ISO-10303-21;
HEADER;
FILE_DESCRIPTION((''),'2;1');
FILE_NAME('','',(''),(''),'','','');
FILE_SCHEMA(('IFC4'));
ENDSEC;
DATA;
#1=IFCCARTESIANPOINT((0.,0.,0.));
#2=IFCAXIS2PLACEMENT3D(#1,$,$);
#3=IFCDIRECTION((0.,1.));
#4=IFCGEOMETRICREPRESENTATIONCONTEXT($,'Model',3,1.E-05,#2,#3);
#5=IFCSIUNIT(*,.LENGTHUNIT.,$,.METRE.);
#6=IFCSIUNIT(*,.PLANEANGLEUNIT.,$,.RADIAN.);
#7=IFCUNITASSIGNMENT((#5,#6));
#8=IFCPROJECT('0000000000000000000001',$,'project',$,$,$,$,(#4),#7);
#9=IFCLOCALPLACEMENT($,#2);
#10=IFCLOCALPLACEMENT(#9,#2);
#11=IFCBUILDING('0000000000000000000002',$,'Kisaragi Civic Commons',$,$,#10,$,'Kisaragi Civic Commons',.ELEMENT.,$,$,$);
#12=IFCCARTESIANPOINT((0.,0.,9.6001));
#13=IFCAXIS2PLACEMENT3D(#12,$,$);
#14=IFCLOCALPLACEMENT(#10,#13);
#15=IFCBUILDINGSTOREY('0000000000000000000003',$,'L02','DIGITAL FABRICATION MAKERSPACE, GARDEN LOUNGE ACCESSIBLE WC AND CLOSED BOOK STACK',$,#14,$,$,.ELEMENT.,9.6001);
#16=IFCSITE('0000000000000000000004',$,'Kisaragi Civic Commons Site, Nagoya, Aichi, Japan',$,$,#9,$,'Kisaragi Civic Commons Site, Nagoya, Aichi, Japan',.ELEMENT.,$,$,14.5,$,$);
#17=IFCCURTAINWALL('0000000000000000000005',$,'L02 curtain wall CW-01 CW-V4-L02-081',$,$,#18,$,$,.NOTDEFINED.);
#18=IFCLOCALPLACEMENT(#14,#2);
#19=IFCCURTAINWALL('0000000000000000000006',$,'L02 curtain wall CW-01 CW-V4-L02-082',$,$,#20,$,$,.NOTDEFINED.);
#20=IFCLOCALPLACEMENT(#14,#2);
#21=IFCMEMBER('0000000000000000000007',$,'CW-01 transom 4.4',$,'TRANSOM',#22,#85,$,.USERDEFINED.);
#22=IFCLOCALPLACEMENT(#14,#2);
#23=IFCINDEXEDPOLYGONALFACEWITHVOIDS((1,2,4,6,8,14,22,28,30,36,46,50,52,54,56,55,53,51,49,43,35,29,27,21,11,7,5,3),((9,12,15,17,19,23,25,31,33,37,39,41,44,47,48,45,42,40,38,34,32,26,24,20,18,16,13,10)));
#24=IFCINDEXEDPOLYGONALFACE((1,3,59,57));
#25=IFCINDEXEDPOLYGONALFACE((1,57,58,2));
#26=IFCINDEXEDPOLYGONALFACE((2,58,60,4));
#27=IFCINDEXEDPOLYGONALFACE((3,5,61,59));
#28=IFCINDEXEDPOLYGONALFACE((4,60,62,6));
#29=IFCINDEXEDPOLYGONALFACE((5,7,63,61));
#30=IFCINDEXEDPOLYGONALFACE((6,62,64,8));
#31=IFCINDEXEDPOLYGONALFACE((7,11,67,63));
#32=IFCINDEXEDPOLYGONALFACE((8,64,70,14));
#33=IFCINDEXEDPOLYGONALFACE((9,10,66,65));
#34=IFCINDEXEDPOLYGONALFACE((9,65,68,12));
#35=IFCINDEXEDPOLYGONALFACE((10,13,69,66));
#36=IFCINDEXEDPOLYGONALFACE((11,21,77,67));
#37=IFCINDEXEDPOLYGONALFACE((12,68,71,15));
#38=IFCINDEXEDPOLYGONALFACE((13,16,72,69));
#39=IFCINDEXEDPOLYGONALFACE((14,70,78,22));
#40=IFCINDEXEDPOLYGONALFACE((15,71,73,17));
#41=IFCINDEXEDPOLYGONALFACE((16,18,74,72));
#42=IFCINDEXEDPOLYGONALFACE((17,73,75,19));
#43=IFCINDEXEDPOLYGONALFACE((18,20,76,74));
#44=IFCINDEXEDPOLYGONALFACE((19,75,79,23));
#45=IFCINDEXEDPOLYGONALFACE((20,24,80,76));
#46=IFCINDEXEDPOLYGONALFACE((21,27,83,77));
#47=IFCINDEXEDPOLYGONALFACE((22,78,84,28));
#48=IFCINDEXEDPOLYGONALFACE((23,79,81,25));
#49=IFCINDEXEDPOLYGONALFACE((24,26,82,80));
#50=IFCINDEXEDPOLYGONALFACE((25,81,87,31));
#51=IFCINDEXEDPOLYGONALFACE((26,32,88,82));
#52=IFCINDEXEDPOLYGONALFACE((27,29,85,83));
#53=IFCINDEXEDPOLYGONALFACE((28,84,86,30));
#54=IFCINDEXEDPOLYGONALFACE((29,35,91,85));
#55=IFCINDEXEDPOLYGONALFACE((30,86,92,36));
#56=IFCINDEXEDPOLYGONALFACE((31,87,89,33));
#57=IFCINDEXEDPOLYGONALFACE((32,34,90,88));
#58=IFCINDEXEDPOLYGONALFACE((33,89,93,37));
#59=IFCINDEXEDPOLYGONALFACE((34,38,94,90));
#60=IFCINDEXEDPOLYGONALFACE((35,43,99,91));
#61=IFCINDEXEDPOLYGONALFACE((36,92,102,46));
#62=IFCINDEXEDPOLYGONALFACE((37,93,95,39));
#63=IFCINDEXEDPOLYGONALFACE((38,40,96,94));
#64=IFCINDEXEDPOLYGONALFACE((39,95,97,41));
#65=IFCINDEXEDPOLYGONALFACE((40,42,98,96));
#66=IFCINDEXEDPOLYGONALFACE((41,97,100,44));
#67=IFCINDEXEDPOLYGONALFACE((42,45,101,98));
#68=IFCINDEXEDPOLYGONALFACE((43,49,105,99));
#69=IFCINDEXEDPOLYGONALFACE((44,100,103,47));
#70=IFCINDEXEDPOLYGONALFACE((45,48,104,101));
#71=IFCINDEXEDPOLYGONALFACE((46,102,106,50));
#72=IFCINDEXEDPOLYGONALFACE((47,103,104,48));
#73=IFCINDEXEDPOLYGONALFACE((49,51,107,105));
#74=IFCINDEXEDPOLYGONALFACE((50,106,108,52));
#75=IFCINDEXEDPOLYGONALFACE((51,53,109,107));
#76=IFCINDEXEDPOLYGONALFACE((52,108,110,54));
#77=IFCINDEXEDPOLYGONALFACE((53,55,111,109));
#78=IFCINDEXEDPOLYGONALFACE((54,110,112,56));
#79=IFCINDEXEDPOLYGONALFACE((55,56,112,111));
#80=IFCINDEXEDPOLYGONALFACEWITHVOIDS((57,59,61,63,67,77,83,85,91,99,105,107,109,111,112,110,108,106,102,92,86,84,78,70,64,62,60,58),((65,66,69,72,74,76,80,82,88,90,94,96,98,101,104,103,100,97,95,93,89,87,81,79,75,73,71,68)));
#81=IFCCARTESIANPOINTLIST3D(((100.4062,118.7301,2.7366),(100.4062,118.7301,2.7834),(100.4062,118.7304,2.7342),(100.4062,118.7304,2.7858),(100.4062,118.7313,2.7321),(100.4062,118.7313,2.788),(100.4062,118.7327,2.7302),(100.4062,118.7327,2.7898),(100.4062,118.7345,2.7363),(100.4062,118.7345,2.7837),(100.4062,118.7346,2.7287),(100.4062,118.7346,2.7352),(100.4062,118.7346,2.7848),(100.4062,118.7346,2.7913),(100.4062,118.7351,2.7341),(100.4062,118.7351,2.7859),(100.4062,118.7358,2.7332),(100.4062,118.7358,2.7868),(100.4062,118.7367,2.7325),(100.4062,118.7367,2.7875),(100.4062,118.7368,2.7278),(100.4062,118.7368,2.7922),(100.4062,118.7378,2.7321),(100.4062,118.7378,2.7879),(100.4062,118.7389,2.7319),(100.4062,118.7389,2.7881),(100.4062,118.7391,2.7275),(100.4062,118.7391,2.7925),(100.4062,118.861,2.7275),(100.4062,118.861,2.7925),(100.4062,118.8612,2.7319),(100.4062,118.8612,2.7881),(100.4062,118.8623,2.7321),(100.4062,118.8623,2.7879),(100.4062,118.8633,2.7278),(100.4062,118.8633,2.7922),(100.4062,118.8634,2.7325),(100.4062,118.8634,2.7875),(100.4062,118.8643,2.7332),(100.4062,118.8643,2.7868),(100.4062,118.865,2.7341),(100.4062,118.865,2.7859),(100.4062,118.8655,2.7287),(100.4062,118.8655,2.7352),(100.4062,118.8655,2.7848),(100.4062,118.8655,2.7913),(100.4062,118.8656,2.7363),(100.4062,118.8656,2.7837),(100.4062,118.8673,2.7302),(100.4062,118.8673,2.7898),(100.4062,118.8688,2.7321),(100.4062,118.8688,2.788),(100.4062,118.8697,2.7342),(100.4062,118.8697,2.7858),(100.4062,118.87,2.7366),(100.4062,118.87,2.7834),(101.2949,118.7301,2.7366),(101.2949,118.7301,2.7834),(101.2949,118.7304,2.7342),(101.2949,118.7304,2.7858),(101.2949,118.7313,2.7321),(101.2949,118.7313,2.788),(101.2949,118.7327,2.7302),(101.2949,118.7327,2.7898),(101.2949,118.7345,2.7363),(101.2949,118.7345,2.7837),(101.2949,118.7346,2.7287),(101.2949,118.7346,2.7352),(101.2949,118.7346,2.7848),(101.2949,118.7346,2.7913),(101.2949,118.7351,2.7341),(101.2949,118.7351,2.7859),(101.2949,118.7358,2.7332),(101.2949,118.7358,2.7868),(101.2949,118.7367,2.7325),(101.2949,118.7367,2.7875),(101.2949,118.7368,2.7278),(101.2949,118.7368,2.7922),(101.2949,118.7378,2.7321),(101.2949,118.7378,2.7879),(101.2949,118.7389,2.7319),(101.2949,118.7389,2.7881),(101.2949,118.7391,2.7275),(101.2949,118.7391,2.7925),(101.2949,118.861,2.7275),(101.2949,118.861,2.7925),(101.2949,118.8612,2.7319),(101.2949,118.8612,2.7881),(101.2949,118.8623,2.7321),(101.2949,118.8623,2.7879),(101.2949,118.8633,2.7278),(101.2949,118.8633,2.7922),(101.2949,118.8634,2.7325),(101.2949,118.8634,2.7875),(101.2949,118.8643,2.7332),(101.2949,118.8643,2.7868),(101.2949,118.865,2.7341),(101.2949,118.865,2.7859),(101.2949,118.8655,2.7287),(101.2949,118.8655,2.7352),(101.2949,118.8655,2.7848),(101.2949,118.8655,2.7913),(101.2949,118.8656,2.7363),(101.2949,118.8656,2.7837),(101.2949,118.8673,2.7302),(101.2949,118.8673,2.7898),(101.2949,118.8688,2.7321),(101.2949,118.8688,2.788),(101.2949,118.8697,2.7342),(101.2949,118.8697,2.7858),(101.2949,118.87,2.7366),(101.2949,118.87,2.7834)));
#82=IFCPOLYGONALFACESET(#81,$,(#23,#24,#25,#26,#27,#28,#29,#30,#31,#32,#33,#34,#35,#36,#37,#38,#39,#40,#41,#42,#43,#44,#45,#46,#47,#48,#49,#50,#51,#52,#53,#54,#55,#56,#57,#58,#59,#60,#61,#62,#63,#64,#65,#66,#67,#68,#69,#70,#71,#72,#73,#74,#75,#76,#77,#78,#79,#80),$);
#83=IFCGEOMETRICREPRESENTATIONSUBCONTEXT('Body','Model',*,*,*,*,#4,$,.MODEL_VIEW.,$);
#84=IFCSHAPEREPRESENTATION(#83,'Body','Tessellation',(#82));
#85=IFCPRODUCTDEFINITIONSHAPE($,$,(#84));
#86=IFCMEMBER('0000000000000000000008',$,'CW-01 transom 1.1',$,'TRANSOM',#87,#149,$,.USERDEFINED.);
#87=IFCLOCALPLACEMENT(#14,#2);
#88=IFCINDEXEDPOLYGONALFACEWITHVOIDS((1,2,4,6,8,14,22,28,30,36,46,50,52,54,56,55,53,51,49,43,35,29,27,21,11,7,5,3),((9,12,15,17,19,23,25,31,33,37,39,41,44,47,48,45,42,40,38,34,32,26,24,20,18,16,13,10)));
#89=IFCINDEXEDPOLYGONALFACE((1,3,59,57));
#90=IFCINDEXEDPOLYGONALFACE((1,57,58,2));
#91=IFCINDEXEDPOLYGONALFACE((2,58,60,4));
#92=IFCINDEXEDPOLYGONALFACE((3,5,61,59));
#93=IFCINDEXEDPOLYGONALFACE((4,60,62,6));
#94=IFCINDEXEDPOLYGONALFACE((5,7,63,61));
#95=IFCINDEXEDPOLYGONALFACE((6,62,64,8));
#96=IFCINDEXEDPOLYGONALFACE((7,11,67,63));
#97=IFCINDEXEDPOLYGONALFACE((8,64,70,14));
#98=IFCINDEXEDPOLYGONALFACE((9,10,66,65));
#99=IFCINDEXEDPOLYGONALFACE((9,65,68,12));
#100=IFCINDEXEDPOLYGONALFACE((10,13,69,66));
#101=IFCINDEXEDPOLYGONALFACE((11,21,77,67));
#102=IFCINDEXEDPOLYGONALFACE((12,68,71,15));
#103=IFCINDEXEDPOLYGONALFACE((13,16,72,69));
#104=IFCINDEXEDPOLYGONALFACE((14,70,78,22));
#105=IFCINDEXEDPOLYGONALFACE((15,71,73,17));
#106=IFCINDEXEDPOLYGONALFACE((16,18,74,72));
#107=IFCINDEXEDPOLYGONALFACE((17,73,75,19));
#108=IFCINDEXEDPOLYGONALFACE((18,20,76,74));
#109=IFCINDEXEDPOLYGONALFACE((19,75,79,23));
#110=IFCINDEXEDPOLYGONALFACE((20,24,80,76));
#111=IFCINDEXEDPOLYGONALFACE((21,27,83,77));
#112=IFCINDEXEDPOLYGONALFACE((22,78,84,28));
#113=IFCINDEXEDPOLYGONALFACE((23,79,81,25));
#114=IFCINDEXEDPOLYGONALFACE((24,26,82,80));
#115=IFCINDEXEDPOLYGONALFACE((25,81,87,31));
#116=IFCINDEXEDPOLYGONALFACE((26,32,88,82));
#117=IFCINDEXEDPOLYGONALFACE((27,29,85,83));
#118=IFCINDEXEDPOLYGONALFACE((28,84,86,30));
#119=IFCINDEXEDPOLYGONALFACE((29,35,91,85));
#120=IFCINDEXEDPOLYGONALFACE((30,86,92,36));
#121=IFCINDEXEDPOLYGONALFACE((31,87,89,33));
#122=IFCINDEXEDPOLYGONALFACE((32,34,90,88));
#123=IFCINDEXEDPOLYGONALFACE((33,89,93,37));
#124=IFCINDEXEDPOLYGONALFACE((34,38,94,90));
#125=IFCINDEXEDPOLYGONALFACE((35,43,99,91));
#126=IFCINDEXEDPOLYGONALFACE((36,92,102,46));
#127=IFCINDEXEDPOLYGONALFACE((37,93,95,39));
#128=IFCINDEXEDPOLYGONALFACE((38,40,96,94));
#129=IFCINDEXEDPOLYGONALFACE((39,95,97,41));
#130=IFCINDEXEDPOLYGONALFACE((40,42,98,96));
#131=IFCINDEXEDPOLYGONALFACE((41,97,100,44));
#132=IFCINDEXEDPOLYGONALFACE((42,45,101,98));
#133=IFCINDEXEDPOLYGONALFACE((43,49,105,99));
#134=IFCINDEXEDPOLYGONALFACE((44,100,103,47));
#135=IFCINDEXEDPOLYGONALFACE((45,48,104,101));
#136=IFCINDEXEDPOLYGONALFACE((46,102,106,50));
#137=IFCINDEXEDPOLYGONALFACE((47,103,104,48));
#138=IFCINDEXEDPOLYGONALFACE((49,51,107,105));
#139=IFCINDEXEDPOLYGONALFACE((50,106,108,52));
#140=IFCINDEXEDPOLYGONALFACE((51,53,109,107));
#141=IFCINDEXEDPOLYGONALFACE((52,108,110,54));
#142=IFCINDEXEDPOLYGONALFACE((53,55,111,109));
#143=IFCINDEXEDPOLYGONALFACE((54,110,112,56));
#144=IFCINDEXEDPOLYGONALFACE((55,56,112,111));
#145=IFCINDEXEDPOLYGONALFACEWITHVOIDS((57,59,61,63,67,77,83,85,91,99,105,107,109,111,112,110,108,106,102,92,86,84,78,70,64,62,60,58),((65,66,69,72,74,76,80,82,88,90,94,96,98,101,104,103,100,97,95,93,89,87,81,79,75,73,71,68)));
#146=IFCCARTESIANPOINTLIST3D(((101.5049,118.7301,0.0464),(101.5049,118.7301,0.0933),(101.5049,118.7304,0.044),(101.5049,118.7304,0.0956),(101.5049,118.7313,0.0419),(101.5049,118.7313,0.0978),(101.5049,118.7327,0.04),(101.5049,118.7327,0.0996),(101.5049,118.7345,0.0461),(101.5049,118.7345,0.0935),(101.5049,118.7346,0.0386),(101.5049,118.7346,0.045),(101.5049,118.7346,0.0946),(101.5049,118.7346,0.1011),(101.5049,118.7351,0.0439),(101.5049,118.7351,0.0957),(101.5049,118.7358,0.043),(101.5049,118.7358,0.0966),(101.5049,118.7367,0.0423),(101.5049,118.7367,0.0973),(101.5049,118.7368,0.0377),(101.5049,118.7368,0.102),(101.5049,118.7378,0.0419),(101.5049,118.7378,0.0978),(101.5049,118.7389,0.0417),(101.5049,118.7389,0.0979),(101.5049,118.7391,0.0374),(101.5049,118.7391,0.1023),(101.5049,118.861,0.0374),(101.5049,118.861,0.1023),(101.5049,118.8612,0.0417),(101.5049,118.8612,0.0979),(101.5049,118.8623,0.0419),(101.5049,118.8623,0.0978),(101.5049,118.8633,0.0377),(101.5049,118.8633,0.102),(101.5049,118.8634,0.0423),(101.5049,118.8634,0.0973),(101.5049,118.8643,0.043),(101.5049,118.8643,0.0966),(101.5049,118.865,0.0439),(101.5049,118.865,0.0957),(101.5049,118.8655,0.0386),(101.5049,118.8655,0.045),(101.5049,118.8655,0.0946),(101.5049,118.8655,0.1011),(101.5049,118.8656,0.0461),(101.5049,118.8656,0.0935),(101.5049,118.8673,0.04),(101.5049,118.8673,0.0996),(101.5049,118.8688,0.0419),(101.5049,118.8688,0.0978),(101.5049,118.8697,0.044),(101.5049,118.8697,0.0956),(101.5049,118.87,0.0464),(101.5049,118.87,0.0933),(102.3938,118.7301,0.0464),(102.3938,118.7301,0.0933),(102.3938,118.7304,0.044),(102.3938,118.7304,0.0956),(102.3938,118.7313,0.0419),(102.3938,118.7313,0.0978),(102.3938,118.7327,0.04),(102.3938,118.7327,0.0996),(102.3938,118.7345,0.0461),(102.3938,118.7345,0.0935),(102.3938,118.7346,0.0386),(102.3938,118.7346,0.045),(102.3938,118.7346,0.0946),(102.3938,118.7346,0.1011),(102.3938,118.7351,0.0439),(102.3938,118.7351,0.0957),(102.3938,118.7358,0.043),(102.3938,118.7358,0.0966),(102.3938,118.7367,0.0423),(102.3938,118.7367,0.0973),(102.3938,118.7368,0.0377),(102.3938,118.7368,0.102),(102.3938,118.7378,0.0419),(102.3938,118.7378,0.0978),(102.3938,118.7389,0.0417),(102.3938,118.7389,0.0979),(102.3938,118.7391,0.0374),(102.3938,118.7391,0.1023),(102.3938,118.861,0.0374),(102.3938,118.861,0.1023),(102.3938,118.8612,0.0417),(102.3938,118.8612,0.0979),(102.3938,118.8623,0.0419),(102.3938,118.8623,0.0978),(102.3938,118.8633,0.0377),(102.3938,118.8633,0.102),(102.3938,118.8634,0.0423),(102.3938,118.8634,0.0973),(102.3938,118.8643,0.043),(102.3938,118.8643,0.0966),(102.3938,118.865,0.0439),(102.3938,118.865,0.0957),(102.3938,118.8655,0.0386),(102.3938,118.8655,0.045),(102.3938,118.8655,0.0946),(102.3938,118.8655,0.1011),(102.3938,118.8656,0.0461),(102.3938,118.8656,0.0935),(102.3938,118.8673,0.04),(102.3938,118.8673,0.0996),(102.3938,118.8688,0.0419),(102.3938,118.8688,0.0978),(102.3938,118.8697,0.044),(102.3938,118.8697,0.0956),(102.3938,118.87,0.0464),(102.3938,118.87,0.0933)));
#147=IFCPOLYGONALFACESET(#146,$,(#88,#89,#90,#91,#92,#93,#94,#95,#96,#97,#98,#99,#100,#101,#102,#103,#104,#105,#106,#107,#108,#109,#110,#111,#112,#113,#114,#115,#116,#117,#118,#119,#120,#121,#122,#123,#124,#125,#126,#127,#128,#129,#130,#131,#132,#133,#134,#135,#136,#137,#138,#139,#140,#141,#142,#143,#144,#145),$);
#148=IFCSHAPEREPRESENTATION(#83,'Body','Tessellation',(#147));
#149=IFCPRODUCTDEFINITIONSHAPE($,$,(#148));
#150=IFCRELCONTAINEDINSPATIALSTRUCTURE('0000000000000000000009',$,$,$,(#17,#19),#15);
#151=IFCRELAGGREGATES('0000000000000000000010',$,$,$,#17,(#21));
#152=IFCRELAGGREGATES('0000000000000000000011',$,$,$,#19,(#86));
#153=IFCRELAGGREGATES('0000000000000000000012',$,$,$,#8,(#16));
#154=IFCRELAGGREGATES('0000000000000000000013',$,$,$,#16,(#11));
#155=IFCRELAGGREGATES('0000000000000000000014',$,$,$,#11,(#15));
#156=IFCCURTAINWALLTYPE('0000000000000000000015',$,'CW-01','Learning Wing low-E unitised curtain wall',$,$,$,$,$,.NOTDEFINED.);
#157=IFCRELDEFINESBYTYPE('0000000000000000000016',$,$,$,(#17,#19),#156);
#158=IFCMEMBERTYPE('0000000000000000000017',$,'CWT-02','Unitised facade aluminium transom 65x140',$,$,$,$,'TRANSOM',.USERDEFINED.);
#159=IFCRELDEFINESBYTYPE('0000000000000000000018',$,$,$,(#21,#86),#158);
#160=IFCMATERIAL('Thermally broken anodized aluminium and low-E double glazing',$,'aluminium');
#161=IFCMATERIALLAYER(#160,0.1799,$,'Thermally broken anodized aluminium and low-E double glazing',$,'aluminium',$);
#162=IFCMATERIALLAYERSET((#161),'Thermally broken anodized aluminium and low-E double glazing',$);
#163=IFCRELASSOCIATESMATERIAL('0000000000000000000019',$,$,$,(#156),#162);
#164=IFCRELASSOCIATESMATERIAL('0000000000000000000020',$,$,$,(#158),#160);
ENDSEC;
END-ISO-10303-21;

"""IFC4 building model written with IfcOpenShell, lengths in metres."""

from ifc_helpers import new_model, si_unit, direction, frame, origin, origin_2d, place, context, subcontext, project, spatial, hollow_rectangle, extrude, material, layer, layer_set, material_profile, profile_set, type_object, element, aggregate, save


model = new_model("IFC4")

# Units and contexts
model_context = context("Model", 3, precision=1e-05, world=origin(), true_north=direction((0.0, 1.0)))
body_context = subcontext(model_context, "Body", "Model", "MODEL_VIEW")
ifc_project = project(units=[si_unit("LENGTHUNIT", "METRE"), si_unit("PLANEANGLEUNIT", "RADIAN")], contexts=[model_context])

# Site, building, storey
site_placement = place(None, origin())
site = spatial("IfcSite", under=ifc_project, at=site_placement, Name="Kisaragi Civic Commons Site, Nagoya, Aichi, Japan", LongName="Kisaragi Civic Commons Site, Nagoya, Aichi, Japan", CompositionType="ELEMENT", RefElevation=14.5)
building_placement = place(site_placement, origin())
building = spatial("IfcBuilding", under=site, at=building_placement, Name="Kisaragi Civic Commons", LongName="Kisaragi Civic Commons", CompositionType="ELEMENT")
storey_placement = place(building_placement, frame((0.0, 0.0, 9.6001)))
storey = spatial("IfcBuildingStorey", under=building, at=storey_placement, Name="L02", Description="DIGITAL FABRICATION MAKERSPACE, GARDEN LOUNGE ACCESSIBLE WC AND CLOSED BOOK STACK", CompositionType="ELEMENT", Elevation=9.6001)

# Curtain walls
ifc_material = material(Name="Thermally broken anodized aluminium and low-E double glazing", Category="aluminium")
ifc_layer_1 = layer(ifc_material, 0.1799, Name="Thermally broken anodized aluminium and low-E double glazing", Category="aluminium")
ifc_layer_set_1 = layer_set([ifc_layer_1], Name="Thermally broken anodized aluminium and low-E double glazing")
curtain_wall_type = type_object("IfcCurtainWallType", Name="CW-01", Description="Learning Wing low-E unitised curtain wall", PredefinedType="NOTDEFINED", material=ifc_layer_set_1)
curtain_wall_1_placement = place(storey_placement, origin())
curtain_wall_1 = element("IfcCurtainWall", 1, at=curtain_wall_1_placement, inside=storey, type_object=curtain_wall_type, Name="L02 curtain wall CW-01 CW-V4-L02-081", PredefinedType="NOTDEFINED")
curtain_wall_2_placement = place(storey_placement, origin())
curtain_wall_2 = element("IfcCurtainWall", 2, at=curtain_wall_2_placement, inside=storey, type_object=curtain_wall_type, Name="L02 curtain wall CW-01 CW-V4-L02-082", PredefinedType="NOTDEFINED")

# Members
ifc_material_profile_1 = material_profile(ifc_material, hollow_rectangle(XDim=0.1399, YDim=0.0649, WallThickness=0.0044, InnerFilletRadius=0.0044, OuterFilletRadius=0.009, at=origin_2d()), Name="CWT-65x140x4.5", Category="aluminium")
ifc_profile_set_1 = profile_set([ifc_material_profile_1], Name="Thermally broken anodized aluminium and low-E double glazing")
member_type_1 = type_object("IfcMemberType", Name="CWT-02", Description="Unitised facade aluminium transom 65x140", ElementType="TRANSOM", PredefinedType="USERDEFINED", material=ifc_profile_set_1)
member_1_placement = place(storey_placement, frame((100.4062, 118.8, 2.76), z_axis=(1.0, 0.0, 0.0), x_axis=(0.0, 1.0, 0.0)))
member_1 = element("IfcMember", 3, at=member_1_placement, type_object=member_type_1, Name="CW-01 transom 4.4", ObjectType="TRANSOM", PredefinedType="USERDEFINED", context=body_context, shape_type="SweptSolid", body=[
    extrude(hollow_rectangle(XDim=0.1399, YDim=0.0649, WallThickness=0.0044, InnerFilletRadius=0.0044, OuterFilletRadius=0.009, at=origin_2d()), origin(), (0.0, 0.0, 1.0), 0.8887),
])
member_2_placement = place(storey_placement, frame((101.5049, 118.8, 0.0698), z_axis=(1.0, 0.0, 0.0), x_axis=(0.0, 1.0, 0.0)))
member_2 = element("IfcMember", 4, at=member_2_placement, type_object=member_type_1, Name="CW-01 transom 1.1", ObjectType="TRANSOM", PredefinedType="USERDEFINED", context=body_context, shape_type="SweptSolid", body=[
    extrude(hollow_rectangle(XDim=0.1399, YDim=0.0649, WallThickness=0.0044, InnerFilletRadius=0.0044, OuterFilletRadius=0.009, at=origin_2d()), origin(), (0.0, 0.0, 1.0), 0.8889),
])

aggregate(curtain_wall_1, [member_1])
aggregate(curtain_wall_2, [member_2])

save(model, "model.ifc")
